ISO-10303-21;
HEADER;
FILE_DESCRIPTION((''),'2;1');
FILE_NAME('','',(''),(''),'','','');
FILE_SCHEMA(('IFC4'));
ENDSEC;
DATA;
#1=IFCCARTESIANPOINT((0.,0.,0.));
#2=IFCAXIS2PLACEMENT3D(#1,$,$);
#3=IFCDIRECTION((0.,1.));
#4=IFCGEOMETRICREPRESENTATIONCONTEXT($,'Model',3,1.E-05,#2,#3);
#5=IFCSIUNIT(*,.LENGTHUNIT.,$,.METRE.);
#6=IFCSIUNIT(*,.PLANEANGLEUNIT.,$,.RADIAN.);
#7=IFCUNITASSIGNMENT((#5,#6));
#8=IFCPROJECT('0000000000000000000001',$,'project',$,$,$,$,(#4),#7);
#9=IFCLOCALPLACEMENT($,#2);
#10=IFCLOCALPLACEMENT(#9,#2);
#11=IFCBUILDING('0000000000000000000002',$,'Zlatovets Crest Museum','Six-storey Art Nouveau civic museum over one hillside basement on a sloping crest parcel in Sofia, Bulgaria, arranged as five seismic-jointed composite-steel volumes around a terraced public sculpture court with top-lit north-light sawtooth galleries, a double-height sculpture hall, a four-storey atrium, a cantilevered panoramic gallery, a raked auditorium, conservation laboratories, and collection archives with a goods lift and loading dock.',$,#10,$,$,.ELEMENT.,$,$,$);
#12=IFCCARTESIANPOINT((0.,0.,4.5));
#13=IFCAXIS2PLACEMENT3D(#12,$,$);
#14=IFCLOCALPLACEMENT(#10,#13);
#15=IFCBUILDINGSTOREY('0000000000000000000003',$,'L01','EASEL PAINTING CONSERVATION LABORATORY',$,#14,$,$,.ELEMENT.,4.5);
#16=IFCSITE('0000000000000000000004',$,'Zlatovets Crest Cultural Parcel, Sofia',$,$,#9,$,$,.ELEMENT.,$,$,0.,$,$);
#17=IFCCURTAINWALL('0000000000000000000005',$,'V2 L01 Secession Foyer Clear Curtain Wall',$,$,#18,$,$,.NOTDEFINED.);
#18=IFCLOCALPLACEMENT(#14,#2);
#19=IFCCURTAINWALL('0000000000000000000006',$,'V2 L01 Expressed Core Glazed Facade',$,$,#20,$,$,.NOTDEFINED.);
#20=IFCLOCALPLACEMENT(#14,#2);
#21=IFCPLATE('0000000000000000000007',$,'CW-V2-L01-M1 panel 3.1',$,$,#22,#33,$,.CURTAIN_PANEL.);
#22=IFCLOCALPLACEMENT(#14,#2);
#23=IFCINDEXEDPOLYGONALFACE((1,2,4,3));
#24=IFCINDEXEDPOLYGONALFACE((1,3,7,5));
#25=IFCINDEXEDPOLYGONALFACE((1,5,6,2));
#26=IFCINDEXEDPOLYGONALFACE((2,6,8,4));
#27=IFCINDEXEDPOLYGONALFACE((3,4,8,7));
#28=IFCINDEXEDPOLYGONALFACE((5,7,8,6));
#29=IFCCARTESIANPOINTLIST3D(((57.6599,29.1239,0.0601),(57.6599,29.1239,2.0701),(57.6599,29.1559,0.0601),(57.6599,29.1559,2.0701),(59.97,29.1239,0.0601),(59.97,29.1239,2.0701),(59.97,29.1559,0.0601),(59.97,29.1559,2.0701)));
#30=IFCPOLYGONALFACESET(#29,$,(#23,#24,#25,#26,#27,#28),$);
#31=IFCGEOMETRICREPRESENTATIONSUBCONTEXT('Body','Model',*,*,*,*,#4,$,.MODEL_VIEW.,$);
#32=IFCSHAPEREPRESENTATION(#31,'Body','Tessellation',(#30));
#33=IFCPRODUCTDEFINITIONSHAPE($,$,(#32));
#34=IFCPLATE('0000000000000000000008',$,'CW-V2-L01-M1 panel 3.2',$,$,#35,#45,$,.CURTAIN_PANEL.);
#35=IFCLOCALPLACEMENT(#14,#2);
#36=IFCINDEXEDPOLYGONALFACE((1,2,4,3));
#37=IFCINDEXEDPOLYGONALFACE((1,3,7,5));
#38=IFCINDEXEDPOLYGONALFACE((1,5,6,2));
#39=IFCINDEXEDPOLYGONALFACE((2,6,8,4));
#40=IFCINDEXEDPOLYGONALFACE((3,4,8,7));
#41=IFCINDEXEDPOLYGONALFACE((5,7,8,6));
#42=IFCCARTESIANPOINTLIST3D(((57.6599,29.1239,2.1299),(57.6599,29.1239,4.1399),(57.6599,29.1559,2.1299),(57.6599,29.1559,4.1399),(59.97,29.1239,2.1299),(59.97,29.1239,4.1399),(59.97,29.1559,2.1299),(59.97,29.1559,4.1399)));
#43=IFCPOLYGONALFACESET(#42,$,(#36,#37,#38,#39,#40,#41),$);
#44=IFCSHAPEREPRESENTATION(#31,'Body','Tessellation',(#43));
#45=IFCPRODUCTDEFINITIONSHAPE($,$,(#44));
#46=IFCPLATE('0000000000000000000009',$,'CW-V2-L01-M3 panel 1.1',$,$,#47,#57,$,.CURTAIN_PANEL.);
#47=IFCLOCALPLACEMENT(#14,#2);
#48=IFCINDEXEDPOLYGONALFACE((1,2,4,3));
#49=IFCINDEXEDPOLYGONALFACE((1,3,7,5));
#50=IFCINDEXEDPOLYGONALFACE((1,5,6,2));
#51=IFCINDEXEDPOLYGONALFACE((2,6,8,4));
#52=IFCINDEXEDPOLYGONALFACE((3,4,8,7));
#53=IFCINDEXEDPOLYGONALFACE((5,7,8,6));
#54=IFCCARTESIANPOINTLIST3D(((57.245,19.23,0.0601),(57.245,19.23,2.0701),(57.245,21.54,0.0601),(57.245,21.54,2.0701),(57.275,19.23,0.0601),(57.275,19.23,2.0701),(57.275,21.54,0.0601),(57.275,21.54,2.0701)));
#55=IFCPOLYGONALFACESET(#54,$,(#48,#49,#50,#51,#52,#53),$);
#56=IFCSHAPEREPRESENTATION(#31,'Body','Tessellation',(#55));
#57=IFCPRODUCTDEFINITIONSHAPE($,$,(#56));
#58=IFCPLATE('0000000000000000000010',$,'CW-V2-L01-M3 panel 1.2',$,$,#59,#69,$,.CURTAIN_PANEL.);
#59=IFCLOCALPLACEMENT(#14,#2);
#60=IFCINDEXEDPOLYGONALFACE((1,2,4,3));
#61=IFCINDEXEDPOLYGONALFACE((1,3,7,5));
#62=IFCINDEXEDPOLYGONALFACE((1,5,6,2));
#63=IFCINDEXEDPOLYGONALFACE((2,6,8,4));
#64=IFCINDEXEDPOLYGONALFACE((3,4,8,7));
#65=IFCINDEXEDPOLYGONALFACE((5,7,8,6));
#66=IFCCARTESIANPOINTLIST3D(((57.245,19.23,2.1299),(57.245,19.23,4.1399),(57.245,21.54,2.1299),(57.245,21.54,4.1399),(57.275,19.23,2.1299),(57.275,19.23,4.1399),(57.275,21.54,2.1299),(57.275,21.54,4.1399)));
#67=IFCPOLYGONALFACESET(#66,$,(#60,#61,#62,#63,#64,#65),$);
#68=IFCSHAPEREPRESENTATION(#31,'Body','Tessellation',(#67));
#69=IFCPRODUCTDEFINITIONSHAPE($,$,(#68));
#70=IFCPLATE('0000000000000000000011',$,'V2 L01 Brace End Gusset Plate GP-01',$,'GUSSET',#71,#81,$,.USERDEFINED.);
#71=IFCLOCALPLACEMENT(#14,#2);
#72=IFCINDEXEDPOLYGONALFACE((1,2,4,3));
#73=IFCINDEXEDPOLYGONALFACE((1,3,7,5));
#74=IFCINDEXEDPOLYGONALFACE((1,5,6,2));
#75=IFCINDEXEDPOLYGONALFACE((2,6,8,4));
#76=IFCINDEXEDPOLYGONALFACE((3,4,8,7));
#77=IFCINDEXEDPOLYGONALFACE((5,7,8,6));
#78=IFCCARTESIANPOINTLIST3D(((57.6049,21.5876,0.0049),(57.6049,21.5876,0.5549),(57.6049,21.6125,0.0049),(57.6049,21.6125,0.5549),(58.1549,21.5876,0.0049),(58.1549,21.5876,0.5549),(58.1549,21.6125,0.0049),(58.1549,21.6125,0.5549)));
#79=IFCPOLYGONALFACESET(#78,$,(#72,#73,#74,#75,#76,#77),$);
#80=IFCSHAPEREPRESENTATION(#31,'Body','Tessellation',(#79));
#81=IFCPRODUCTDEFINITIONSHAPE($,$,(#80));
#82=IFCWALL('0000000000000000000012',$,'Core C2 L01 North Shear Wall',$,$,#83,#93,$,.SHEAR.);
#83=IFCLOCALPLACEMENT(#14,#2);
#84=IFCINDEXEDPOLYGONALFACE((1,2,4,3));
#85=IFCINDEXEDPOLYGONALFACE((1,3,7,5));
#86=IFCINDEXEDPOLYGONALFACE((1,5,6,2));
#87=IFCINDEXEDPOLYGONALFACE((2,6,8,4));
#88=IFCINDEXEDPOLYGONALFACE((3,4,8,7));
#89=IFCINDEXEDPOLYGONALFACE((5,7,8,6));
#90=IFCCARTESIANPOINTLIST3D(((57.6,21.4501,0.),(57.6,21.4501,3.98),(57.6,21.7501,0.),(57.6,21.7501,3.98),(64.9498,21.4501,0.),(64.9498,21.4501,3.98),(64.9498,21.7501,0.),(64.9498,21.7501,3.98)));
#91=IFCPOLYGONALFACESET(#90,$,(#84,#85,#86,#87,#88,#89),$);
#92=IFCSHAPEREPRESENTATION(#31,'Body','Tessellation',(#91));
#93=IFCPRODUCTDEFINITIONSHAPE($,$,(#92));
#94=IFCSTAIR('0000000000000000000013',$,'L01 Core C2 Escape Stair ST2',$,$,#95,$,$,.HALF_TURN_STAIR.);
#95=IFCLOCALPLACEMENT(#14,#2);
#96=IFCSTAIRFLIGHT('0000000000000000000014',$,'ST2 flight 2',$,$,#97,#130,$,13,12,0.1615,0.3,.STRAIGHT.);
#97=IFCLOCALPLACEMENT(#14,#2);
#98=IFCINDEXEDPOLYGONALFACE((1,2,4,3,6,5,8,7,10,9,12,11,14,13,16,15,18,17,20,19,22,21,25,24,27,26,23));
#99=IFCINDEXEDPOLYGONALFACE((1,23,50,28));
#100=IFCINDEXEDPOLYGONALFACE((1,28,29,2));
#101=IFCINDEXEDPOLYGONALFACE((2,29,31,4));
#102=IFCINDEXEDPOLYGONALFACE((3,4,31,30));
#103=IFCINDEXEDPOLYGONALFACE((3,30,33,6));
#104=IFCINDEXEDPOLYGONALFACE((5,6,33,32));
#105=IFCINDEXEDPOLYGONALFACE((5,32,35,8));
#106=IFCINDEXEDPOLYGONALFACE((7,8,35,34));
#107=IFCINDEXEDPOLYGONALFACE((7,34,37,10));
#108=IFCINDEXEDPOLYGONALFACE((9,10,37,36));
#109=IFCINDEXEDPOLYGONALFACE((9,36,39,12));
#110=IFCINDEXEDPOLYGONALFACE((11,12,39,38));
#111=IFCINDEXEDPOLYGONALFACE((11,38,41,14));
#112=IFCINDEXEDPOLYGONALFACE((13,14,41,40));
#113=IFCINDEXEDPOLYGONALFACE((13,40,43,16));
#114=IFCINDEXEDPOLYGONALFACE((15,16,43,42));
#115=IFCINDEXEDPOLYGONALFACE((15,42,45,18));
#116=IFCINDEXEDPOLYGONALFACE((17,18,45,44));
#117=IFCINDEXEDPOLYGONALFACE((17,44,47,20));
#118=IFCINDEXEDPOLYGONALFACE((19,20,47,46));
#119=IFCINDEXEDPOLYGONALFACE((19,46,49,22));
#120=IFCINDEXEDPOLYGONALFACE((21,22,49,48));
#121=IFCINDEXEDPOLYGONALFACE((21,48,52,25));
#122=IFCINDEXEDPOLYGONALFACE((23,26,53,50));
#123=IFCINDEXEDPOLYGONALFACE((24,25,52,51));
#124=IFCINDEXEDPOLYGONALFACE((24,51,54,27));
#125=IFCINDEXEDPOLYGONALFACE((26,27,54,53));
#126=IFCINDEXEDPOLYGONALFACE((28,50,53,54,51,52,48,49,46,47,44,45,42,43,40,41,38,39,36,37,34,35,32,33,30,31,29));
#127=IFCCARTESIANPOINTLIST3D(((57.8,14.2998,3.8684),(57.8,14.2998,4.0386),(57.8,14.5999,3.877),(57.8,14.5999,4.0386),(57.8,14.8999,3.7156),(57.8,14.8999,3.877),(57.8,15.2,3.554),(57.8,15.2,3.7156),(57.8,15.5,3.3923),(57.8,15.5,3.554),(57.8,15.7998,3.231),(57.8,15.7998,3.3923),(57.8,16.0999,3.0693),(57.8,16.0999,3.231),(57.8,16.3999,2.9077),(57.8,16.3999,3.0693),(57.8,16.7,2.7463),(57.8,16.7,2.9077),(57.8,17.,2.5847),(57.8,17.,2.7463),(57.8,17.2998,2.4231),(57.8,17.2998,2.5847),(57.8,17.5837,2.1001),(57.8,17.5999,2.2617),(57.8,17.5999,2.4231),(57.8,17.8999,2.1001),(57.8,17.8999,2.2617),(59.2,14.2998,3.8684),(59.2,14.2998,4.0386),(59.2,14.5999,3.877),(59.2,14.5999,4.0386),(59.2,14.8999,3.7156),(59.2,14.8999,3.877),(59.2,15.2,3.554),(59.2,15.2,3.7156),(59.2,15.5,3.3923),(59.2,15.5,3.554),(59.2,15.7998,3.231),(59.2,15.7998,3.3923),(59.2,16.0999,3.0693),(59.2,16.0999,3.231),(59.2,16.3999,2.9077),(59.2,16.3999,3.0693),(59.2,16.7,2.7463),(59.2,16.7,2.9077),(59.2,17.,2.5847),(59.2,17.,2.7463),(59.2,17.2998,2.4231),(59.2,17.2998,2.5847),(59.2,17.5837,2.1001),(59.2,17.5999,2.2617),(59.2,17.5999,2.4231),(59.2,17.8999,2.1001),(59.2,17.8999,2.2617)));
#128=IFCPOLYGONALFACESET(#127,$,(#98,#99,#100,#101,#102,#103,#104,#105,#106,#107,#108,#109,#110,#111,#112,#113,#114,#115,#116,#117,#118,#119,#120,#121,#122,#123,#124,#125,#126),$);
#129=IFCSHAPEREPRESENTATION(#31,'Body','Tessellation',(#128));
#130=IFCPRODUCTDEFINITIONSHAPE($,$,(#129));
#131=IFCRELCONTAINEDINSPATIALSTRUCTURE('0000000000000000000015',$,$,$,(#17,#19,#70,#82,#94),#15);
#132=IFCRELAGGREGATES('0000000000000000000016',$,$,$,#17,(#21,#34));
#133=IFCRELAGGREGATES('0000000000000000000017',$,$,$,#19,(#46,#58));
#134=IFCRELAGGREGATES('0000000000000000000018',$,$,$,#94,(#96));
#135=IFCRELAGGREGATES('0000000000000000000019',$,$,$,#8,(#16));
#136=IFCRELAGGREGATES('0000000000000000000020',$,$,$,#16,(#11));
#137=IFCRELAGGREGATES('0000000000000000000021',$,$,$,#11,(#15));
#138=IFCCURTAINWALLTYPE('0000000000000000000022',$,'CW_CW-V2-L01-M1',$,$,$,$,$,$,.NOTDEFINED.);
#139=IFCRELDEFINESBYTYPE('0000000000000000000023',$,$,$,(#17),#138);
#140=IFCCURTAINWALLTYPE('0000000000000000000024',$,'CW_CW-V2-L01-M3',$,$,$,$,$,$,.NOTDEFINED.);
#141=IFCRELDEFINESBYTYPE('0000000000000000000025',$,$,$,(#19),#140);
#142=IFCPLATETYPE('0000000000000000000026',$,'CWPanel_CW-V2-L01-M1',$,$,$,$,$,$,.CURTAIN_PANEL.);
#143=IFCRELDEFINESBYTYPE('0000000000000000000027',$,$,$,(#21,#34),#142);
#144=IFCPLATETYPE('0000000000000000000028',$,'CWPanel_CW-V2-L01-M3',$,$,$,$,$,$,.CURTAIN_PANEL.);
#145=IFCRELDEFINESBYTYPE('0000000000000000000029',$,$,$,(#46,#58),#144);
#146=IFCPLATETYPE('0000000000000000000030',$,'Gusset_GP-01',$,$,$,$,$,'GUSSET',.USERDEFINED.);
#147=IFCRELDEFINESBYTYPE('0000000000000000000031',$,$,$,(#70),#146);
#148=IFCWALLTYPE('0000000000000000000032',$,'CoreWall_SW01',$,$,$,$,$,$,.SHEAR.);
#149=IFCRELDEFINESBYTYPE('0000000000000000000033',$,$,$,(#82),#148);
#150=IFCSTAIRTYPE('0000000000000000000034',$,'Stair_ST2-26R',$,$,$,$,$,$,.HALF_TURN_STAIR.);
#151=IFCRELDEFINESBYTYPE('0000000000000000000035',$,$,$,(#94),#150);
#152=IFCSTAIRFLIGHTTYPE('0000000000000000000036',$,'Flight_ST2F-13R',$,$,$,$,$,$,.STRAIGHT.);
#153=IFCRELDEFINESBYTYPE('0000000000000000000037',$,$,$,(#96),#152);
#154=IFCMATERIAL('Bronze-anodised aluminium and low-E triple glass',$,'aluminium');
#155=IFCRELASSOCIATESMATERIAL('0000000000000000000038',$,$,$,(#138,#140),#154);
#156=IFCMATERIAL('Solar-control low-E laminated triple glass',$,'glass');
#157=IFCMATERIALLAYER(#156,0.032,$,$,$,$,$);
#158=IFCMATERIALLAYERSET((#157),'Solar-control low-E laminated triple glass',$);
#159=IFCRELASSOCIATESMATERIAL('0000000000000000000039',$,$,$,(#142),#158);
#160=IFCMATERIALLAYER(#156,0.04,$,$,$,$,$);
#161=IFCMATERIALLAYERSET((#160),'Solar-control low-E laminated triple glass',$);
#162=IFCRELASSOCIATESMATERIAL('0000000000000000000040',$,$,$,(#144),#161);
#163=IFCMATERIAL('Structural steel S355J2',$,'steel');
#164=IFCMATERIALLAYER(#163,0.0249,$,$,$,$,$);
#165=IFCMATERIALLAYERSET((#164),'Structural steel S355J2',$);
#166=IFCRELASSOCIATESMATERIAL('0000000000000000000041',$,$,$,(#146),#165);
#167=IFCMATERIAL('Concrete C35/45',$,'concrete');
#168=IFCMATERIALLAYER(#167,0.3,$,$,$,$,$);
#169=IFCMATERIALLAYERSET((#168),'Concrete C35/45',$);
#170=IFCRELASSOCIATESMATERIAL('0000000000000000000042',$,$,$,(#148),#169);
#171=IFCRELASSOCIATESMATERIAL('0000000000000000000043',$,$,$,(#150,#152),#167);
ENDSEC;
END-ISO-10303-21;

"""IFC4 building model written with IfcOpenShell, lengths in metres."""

from ifc_helpers import new_model, si_unit, direction, frame, frame_2d, origin, origin_2d, place, context, subcontext, project, spatial, polyline, rectangle, outline, extrude, material, layer, layer_set, type_object, element, aggregate, save


model = new_model("IFC4")

# Units and contexts
model_context = context("Model", 3, precision=1e-05, world=origin(), true_north=direction((0.0, 1.0)))
body_context = subcontext(model_context, "Body", "Model", "MODEL_VIEW")
ifc_project = project(units=[si_unit("LENGTHUNIT", "METRE"), si_unit("PLANEANGLEUNIT", "RADIAN")], contexts=[model_context])

# Site, building, storey
site_placement = place(None, origin())
site = spatial("IfcSite", under=ifc_project, at=site_placement, Name="Zlatovets Crest Cultural Parcel, Sofia", CompositionType="ELEMENT", RefElevation=0.0)
building_placement = place(site_placement, origin())
building = spatial("IfcBuilding", under=site, at=building_placement, Name="Zlatovets Crest Museum", Description="Six-storey Art Nouveau civic museum over one hillside basement on a sloping crest parcel in Sofia, Bulgaria, arranged as five seismic-jointed composite-steel volumes around a terraced public sculpture court with top-lit north-light sawtooth galleries, a double-height sculpture hall, a four-storey atrium, a cantilevered panoramic gallery, a raked auditorium, conservation laboratories, and collection archives with a goods lift and loading dock.", CompositionType="ELEMENT")
storey_placement = place(building_placement, frame((0.0, 0.0, 4.5)))
storey = spatial("IfcBuildingStorey", under=building, at=storey_placement, Name="L01", Description="EASEL PAINTING CONSERVATION LABORATORY", CompositionType="ELEMENT", Elevation=4.5)

# Shared definitions
ifc_material_1 = material(Name="Structural steel S355J2", Category="steel")

# Curtain wall
ifc_material_2 = material(Name="Bronze-anodised aluminium and low-E triple glass", Category="aluminium")
curtain_wall_type_1 = type_object("IfcCurtainWallType", Name="CW_CW-V2-L01-M1", PredefinedType="NOTDEFINED", material=ifc_material_2)
curtain_wall_1_placement = place(storey_placement, origin())
curtain_wall_1 = element("IfcCurtainWall", 1, at=curtain_wall_1_placement, inside=storey, type_object=curtain_wall_type_1, Name="V2 L01 Secession Foyer Clear Curtain Wall", PredefinedType="NOTDEFINED")

# Curtain wall
curtain_wall_type_2 = type_object("IfcCurtainWallType", Name="CW_CW-V2-L01-M3", PredefinedType="NOTDEFINED", material=ifc_material_2)
curtain_wall_2_placement = place(storey_placement, origin())
curtain_wall_2 = element("IfcCurtainWall", 2, at=curtain_wall_2_placement, inside=storey, type_object=curtain_wall_type_2, Name="V2 L01 Expressed Core Glazed Facade", PredefinedType="NOTDEFINED")

# Plates
ifc_material_3 = material(Name="Solar-control low-E laminated triple glass", Category="glass")
ifc_layer_1 = layer(ifc_material_3, 0.032)
ifc_layer_set_1 = layer_set([ifc_layer_1], Name="Solar-control low-E laminated triple glass")
plate_type_1 = type_object("IfcPlateType", Name="CWPanel_CW-V2-L01-M1", PredefinedType="CURTAIN_PANEL", material=ifc_layer_set_1)
plate_1_placement = place(storey_placement, frame((58.8149, 29.1399, 0.0601), z_axis=(0.0, 0.0, 1.0), x_axis=(-1.0, 0.0, 0.0)))
plate_1 = element("IfcPlate", 3, at=plate_1_placement, type_object=plate_type_1, Name="CW-V2-L01-M1 panel 3.1", PredefinedType="CURTAIN_PANEL", context=body_context, shape_type="SweptSolid", body=[
    extrude(rectangle(XDim=2.3101, YDim=0.032, at=origin_2d()), origin(), (0.0, 0.0, 1.0), 2.01),
])
plate_2_placement = place(storey_placement, frame((58.8149, 29.1399, 2.1299), z_axis=(0.0, 0.0, 1.0), x_axis=(-1.0, 0.0, 0.0)))
plate_2 = element("IfcPlate", 4, at=plate_2_placement, type_object=plate_type_1, Name="CW-V2-L01-M1 panel 3.2", PredefinedType="CURTAIN_PANEL", context=body_context, shape_type="SweptSolid", body=[
    extrude(rectangle(XDim=2.3101, YDim=0.032, at=origin_2d()), origin(), (0.0, 0.0, 1.0), 2.01),
])
aggregate(curtain_wall_1, [plate_1, plate_2])
ifc_layer_2 = layer(ifc_material_3, 0.04)
ifc_layer_set_2 = layer_set([ifc_layer_2], Name="Solar-control low-E laminated triple glass")
plate_type_2 = type_object("IfcPlateType", Name="CWPanel_CW-V2-L01-M3", PredefinedType="CURTAIN_PANEL", material=ifc_layer_set_2)
plate_3_placement = place(storey_placement, frame((57.26, 20.385, 0.0601), z_axis=(0.0, 0.0, 1.0), x_axis=(0.0, -1.0, 0.0)))
plate_3 = element("IfcPlate", 5, at=plate_3_placement, type_object=plate_type_2, Name="CW-V2-L01-M3 panel 1.1", PredefinedType="CURTAIN_PANEL", context=body_context, shape_type="SweptSolid", body=[
    extrude(rectangle(XDim=2.3101, YDim=0.03, at=origin_2d()), origin(), (0.0, 0.0, 1.0), 2.01),
])
plate_4_placement = place(storey_placement, frame((57.26, 20.385, 2.1299), z_axis=(0.0, 0.0, 1.0), x_axis=(0.0, -1.0, 0.0)))
plate_4 = element("IfcPlate", 6, at=plate_4_placement, type_object=plate_type_2, Name="CW-V2-L01-M3 panel 1.2", PredefinedType="CURTAIN_PANEL", context=body_context, shape_type="SweptSolid", body=[
    extrude(rectangle(XDim=2.3101, YDim=0.03, at=origin_2d()), origin(), (0.0, 0.0, 1.0), 2.01),
])
aggregate(curtain_wall_2, [plate_3, plate_4])
ifc_layer_3 = layer(ifc_material_1, 0.0249)
ifc_layer_set_3 = layer_set([ifc_layer_3], Name="Structural steel S355J2")
plate_type_3 = type_object("IfcPlateType", Name="Gusset_GP-01", ElementType="GUSSET", PredefinedType="USERDEFINED", material=ifc_layer_set_3)
plate_5_placement = place(storey_placement, frame((57.8799, 21.6001, 0.0049), z_axis=(0.0, 0.0, 1.0), x_axis=(1.0, 0.0, 0.0)))
element("IfcPlate", 7, at=plate_5_placement, inside=storey, type_object=plate_type_3, Name="V2 L01 Brace End Gusset Plate GP-01", ObjectType="GUSSET", PredefinedType="USERDEFINED", context=body_context, shape_type="SweptSolid", body=[
    extrude(rectangle(XDim=0.55, YDim=0.0249, at=origin_2d()), origin(), (0.0, 0.0, 1.0), 0.55),
])

# Wall
ifc_material_4 = material(Name="Concrete C35/45", Category="concrete")
ifc_layer_4 = layer(ifc_material_4, 0.3)
ifc_layer_set_4 = layer_set([ifc_layer_4], Name="Concrete C35/45")
wall_type = type_object("IfcWallType", Name="CoreWall_SW01", PredefinedType="SHEAR", material=ifc_layer_set_4)
wall_placement = place(storey_placement, frame((57.6001, 21.6001, 0.0), z_axis=(0.0, 0.0, 1.0), x_axis=(1.0, 0.0, 0.0)))
element("IfcWall", 8, at=wall_placement, inside=storey, type_object=wall_type, Name="Core C2 L01 North Shear Wall", PredefinedType="SHEAR", context=body_context, shape_type="SweptSolid", body=[
    extrude(rectangle(XDim=7.3499, YDim=0.3, at=frame_2d((3.6748, 0.0))), origin(), (0.0, 0.0, 1.0), 3.98),
])

# Stair, stair flight
stair_type = type_object("IfcStairType", Name="Stair_ST2-26R", PredefinedType="HALF_TURN_STAIR", material=ifc_material_4)
stair_placement = place(storey_placement, origin())
stair = element("IfcStair", 9, at=stair_placement, inside=storey, type_object=stair_type, Name="L01 Core C2 Escape Stair ST2", PredefinedType="HALF_TURN_STAIR")
stair_flight_type = type_object("IfcStairFlightType", Name="Flight_ST2F-13R", PredefinedType="STRAIGHT", material=ifc_material_4)
stair_flight_placement = place(storey_placement, frame((58.5, 17.8999, 2.1001), z_axis=(0.0, 0.0, 1.0), x_axis=(0.0, -1.0, 0.0)))
stair_flight = element("IfcStairFlight", 10, at=stair_flight_placement, type_object=stair_flight_type, Name="ST2 flight 2", NumberOfRisers=13, NumberOfTreads=12, PredefinedType="STRAIGHT", RiserHeight=0.1615, TreadLength=0.3, context=body_context, shape_type="SweptSolid", body=[
    extrude(outline(polyline([(0.0, 0.0), (0.0, 0.1616), (0.3, 0.1616), (0.3, 0.323), (0.6001, 0.323), (0.6001, 0.4846), (0.8999, 0.4846), (0.8999, 0.6462), (1.2, 0.6462), (1.2, 0.8076), (1.5, 0.8076), (1.5, 0.9692), (1.8, 0.9692), (1.8, 1.1309), (2.1001, 1.1309), (2.1001, 1.2922), (2.3999, 1.2922), (2.3999, 1.4539), (2.7, 1.4539), (2.7, 1.6155), (3.0, 1.6155), (3.0, 1.7769), (3.3, 1.7769), (3.3, 1.9385), (3.6001, 1.9385), (3.6001, 2.1001), (3.6001, 1.7683), (0.3162, 0.0), (0.0, 0.0)])), frame((0.0, 0.7, 0.0), z_axis=(0.0, -1.0, 0.0), x_axis=(1.0, 0.0, 0.0)), (0.0, 0.0, 1.0), 1.3999),
])
aggregate(stair, [stair_flight])

save(model, "model.ifc")
